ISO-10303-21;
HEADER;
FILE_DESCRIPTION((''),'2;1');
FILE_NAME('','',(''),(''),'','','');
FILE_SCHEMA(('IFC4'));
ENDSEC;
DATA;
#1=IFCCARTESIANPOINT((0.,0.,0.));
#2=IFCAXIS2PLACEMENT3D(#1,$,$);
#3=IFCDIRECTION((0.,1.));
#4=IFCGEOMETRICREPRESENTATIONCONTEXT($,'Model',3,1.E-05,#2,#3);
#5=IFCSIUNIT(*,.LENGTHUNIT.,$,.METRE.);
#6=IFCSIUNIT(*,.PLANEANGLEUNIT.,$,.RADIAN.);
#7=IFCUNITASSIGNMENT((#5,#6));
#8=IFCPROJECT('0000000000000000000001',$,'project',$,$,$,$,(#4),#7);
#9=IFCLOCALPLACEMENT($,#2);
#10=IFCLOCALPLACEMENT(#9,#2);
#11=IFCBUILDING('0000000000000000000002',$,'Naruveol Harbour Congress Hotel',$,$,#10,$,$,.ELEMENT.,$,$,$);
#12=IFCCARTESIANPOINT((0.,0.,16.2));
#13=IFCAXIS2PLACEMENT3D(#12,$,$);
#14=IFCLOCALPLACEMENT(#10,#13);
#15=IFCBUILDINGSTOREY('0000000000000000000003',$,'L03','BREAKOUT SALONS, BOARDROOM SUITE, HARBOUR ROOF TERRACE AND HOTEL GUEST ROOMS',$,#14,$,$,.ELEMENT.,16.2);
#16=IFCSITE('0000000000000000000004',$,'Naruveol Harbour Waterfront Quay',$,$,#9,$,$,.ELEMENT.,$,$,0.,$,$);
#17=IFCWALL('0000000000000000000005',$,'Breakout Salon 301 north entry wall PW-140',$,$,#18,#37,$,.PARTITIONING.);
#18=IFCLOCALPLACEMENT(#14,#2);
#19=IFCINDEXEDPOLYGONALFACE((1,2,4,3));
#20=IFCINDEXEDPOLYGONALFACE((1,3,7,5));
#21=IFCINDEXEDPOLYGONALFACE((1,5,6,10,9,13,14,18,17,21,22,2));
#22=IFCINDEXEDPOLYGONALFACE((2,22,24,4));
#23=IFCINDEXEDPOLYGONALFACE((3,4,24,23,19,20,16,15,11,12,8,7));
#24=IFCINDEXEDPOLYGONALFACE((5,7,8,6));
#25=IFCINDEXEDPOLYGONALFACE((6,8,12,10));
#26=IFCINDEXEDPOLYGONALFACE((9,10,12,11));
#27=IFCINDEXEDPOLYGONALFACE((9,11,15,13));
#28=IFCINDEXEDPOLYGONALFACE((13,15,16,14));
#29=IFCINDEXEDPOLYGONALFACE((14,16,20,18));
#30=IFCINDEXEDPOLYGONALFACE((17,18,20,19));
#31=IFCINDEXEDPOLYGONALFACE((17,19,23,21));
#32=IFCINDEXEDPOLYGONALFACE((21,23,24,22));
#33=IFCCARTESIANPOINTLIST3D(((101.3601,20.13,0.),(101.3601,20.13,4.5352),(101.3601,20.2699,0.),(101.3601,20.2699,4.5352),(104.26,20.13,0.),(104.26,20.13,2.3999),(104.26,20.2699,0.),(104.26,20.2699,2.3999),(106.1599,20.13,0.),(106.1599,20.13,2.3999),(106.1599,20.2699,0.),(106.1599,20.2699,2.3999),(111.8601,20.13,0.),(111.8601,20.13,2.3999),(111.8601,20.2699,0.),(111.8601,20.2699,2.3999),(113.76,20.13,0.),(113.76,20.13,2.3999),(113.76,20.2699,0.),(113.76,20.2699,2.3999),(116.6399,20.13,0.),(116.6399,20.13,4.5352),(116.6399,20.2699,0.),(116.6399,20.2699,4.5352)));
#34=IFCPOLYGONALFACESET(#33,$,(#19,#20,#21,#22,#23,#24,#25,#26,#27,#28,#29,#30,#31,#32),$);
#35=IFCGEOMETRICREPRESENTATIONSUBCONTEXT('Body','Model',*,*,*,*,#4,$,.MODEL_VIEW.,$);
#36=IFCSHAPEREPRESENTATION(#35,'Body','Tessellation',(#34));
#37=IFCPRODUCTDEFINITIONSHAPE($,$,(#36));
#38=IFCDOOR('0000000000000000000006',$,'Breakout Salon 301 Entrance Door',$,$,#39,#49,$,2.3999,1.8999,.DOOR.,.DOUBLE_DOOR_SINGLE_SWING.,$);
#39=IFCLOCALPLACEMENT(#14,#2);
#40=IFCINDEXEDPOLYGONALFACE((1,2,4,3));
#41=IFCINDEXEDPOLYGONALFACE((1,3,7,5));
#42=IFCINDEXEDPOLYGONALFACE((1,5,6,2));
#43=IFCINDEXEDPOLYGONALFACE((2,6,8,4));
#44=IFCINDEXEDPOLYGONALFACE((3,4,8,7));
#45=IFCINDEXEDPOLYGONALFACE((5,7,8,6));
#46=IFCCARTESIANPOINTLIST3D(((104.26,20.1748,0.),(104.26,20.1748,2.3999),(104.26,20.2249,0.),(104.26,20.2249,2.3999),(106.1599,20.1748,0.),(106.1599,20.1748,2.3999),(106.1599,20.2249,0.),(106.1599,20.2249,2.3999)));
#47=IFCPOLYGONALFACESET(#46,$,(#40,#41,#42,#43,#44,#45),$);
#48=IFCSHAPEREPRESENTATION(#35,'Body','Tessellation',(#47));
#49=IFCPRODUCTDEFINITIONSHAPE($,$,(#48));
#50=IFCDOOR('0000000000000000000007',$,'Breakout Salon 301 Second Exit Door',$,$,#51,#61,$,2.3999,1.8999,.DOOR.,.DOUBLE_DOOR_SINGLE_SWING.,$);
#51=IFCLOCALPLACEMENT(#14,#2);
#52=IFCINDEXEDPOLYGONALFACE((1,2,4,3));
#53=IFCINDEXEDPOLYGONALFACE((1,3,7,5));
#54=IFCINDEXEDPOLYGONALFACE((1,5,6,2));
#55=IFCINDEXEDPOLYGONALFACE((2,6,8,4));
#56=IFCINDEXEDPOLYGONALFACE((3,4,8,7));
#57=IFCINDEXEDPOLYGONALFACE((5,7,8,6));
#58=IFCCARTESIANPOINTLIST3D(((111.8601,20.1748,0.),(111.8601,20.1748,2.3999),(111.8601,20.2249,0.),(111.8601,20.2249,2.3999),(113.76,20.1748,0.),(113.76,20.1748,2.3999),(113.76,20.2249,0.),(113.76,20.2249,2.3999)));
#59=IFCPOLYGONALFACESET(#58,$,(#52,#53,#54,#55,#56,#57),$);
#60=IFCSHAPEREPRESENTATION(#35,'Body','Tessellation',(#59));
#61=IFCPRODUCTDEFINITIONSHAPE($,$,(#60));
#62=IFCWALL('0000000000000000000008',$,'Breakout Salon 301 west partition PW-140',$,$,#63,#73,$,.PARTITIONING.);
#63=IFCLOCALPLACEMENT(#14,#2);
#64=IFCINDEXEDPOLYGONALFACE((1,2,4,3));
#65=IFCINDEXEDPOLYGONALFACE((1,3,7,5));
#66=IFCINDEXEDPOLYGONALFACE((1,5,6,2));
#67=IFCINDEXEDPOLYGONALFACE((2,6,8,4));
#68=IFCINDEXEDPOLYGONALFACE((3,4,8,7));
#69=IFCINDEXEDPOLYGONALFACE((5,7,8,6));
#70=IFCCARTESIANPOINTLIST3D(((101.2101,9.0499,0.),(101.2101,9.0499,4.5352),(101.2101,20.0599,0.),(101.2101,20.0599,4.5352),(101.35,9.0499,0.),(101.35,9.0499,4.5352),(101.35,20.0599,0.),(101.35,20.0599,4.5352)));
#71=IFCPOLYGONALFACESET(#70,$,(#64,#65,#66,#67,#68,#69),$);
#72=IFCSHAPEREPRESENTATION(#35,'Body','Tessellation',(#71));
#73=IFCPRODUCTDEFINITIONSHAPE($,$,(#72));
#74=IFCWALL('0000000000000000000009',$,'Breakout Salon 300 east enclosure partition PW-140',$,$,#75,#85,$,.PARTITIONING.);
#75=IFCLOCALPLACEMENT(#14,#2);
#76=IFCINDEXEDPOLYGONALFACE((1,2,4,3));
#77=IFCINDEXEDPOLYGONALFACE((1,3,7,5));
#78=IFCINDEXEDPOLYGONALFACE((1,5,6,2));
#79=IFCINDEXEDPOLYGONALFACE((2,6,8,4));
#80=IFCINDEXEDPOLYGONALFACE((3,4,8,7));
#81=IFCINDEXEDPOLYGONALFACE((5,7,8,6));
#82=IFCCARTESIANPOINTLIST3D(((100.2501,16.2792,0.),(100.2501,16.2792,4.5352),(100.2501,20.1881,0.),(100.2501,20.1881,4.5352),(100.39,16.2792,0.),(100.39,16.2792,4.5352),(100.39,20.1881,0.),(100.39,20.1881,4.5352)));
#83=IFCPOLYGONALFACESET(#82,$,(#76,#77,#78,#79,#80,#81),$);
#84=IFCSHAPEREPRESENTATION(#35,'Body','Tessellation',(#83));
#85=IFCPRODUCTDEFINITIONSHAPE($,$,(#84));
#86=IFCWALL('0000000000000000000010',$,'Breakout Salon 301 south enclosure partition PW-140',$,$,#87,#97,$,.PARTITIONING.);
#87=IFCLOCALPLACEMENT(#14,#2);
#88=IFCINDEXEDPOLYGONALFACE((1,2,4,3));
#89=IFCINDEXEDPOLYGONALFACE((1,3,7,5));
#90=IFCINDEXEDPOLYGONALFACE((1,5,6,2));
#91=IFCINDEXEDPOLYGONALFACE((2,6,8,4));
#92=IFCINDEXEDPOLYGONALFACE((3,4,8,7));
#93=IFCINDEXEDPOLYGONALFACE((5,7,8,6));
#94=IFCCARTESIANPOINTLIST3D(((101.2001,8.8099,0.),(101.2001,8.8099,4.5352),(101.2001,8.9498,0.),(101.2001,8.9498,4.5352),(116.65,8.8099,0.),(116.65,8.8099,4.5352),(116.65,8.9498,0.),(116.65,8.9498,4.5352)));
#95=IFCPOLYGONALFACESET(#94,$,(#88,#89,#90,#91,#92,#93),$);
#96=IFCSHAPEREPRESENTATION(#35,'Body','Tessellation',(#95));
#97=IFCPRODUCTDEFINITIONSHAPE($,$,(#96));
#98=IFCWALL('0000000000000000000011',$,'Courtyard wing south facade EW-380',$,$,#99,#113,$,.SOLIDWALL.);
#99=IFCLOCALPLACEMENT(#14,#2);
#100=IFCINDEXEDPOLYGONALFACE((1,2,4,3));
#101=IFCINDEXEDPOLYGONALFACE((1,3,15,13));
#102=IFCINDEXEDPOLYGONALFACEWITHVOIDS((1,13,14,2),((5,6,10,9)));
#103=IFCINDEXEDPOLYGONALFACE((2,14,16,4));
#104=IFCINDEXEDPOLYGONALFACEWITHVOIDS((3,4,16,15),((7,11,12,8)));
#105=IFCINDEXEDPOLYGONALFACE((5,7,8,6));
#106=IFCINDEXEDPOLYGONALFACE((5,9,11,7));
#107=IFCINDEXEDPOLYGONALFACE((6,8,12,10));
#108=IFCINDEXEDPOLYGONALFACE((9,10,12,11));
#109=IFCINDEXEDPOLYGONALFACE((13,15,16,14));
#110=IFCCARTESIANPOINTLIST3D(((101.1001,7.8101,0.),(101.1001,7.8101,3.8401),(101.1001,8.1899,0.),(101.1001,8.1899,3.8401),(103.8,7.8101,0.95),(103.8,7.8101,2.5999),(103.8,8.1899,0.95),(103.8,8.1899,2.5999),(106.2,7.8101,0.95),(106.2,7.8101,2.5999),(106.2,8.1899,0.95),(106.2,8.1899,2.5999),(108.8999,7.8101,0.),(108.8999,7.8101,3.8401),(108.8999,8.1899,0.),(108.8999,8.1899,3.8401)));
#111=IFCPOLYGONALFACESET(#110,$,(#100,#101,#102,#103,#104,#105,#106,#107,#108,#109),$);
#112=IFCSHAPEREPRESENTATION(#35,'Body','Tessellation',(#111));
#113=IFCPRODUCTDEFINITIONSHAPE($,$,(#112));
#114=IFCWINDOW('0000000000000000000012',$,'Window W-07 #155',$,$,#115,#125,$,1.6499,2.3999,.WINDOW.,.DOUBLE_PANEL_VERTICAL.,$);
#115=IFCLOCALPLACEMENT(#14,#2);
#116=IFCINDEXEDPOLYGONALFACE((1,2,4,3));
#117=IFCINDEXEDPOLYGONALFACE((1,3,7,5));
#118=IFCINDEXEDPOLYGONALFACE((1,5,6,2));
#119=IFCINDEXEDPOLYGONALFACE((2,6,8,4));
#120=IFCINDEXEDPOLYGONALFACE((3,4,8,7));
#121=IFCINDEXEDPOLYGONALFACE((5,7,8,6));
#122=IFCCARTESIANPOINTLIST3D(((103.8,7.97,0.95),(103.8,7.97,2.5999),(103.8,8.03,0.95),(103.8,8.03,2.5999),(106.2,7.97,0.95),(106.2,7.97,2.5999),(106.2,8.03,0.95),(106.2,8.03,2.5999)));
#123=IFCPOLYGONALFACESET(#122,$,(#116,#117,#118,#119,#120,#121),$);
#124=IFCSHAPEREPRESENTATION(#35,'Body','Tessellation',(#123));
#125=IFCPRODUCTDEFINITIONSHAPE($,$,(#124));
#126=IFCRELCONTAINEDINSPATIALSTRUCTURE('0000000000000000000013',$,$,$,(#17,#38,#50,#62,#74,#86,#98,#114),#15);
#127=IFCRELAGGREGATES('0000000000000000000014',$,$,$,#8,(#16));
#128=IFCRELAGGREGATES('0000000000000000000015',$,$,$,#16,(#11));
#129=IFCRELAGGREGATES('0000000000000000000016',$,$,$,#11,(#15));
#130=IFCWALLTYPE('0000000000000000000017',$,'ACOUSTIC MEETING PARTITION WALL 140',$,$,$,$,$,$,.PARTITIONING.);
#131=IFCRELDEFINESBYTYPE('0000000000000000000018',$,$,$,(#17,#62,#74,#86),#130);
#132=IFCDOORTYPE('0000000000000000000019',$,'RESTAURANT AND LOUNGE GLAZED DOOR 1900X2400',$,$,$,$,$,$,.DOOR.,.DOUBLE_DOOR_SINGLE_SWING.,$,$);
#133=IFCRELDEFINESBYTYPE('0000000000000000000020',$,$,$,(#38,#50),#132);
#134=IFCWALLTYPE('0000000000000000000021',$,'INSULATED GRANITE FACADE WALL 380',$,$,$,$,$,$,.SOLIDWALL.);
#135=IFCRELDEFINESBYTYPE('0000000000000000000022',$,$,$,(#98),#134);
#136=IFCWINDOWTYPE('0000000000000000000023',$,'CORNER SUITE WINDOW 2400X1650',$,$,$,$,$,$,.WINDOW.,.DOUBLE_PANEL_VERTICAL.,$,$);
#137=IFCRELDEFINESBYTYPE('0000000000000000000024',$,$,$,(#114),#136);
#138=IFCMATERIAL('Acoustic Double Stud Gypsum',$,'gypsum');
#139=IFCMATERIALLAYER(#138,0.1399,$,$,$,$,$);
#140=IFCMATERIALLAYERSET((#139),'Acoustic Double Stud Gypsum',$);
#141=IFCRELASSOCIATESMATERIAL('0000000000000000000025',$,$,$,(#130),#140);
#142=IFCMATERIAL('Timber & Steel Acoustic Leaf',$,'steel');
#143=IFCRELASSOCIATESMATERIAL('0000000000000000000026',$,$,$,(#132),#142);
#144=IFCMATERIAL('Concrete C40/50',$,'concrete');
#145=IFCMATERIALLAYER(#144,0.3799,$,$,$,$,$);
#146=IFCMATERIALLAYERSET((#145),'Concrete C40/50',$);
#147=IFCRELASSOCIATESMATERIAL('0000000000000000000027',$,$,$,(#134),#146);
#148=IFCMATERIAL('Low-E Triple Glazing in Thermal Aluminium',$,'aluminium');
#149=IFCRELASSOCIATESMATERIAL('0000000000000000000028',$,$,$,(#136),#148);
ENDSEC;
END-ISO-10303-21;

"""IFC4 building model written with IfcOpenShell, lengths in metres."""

from ifc_helpers import new_model, si_unit, direction, frame, frame_2d, origin, place, context, subcontext, project, spatial, rectangle, extrude, material, layer, layer_set, type_object, element, fill, save


model = new_model("IFC4")

# Units and contexts
model_context = context("Model", 3, precision=1e-05, world=origin(), true_north=direction((0.0, 1.0)))
body_context = subcontext(model_context, "Body", "Model", "MODEL_VIEW")
ifc_project = project(units=[si_unit("LENGTHUNIT", "METRE"), si_unit("PLANEANGLEUNIT", "RADIAN")], contexts=[model_context])

# Site, building, storey
site_placement = place(None, origin())
site = spatial("IfcSite", under=ifc_project, at=site_placement, Name="Naruveol Harbour Waterfront Quay", CompositionType="ELEMENT", RefElevation=0.0)
building_placement = place(site_placement, origin())
building = spatial("IfcBuilding", under=site, at=building_placement, Name="Naruveol Harbour Congress Hotel", CompositionType="ELEMENT")
storey_placement = place(building_placement, frame((0.0, 0.0, 16.2)))
storey = spatial("IfcBuildingStorey", under=building, at=storey_placement, Name="L03", Description="BREAKOUT SALONS, BOARDROOM SUITE, HARBOUR ROOF TERRACE AND HOTEL GUEST ROOMS", CompositionType="ELEMENT", Elevation=16.2)

# Wall, openings, doors
ifc_material_1 = material(Name="Acoustic Double Stud Gypsum", Category="gypsum")
ifc_layer_1 = layer(ifc_material_1, 0.1399)
ifc_layer_set_1 = layer_set([ifc_layer_1], Name="Acoustic Double Stud Gypsum")
wall_type_1 = type_object("IfcWallType", Name="ACOUSTIC MEETING PARTITION WALL 140", PredefinedType="PARTITIONING", material=ifc_layer_set_1)
wall_1_placement = place(storey_placement, frame((101.3601, 20.2, 0.0), z_axis=(0.0, 0.0, 1.0), x_axis=(1.0, 0.0, 0.0)))
wall_1 = element("IfcWall", 1, at=wall_1_placement, inside=storey, type_object=wall_type_1, Name="Breakout Salon 301 north entry wall PW-140", PredefinedType="PARTITIONING", context=body_context, shape_type="SweptSolid", body=[
    extrude(rectangle(XDim=15.2798, YDim=0.1399, at=frame_2d((7.6399, 0.0))), origin(), (0.0, 0.0, 1.0), 4.5352),
])
opening_1_placement = place(wall_1_placement, frame((2.8999, 0.0, 0.0)))
opening_1 = element("IfcOpeningElement", 2, at=opening_1_placement, cuts=wall_1, PredefinedType="OPENING", context=body_context, shape_type="SweptSolid", body=[
    extrude(rectangle(XDim=1.8999, YDim=2.3999, at=frame_2d((0.95, 1.2))), frame((0.0, 0.0798, 0.0), z_axis=(0.0, -1.0, 0.0), x_axis=(1.0, 0.0, 0.0)), (0.0, 0.0, 1.0), 0.1599),
])
opening_2_placement = place(wall_1_placement, frame((10.5, 0.0, 0.0)))
opening_2 = element("IfcOpeningElement", 3, at=opening_2_placement, cuts=wall_1, PredefinedType="OPENING", context=body_context, shape_type="SweptSolid", body=[
    extrude(rectangle(XDim=1.8999, YDim=2.3999, at=frame_2d((0.95, 1.2))), frame((0.0, 0.0798, 0.0), z_axis=(0.0, -1.0, 0.0), x_axis=(1.0, 0.0, 0.0)), (0.0, 0.0, 1.0), 0.1599),
])
ifc_material_2 = material(Name="Timber & Steel Acoustic Leaf", Category="steel")
door_type = type_object("IfcDoorType", Name="RESTAURANT AND LOUNGE GLAZED DOOR 1900X2400", OperationType="DOUBLE_DOOR_SINGLE_SWING", PredefinedType="DOOR", material=ifc_material_2)
door_1_placement = place(opening_1_placement, origin())
door_1 = element("IfcDoor", 4, at=door_1_placement, inside=storey, type_object=door_type, Name="Breakout Salon 301 Entrance Door", OperationType="DOUBLE_DOOR_SINGLE_SWING", OverallHeight=2.3999, OverallWidth=1.8999, PredefinedType="DOOR", context=body_context, shape_type="SweptSolid", body=[
    extrude(rectangle(XDim=1.8999, YDim=2.3999, at=frame_2d((0.95, 1.2))), frame((0.0, 0.0249, 0.0), z_axis=(0.0, -1.0, 0.0), x_axis=(1.0, 0.0, 0.0)), (0.0, 0.0, 1.0), 0.05),
])
fill(opening_1, door_1)
door_2_placement = place(opening_2_placement, origin())
door_2 = element("IfcDoor", 5, at=door_2_placement, inside=storey, type_object=door_type, Name="Breakout Salon 301 Second Exit Door", OperationType="DOUBLE_DOOR_SINGLE_SWING", OverallHeight=2.3999, OverallWidth=1.8999, PredefinedType="DOOR", context=body_context, shape_type="SweptSolid", body=[
    extrude(rectangle(XDim=1.8999, YDim=2.3999, at=frame_2d((0.95, 1.2))), frame((0.0, 0.0249, 0.0), z_axis=(0.0, -1.0, 0.0), x_axis=(1.0, 0.0, 0.0)), (0.0, 0.0, 1.0), 0.05),
])
fill(opening_2, door_2)

# Walls
wall_2_placement = place(storey_placement, frame((101.28, 9.05, 0.0), z_axis=(0.0, 0.0, 1.0), x_axis=(0.0, 1.0, 0.0)))
element("IfcWall", 6, at=wall_2_placement, inside=storey, type_object=wall_type_1, Name="Breakout Salon 301 west partition PW-140", PredefinedType="PARTITIONING", context=body_context, shape_type="SweptSolid", body=[
    extrude(rectangle(XDim=11.01, YDim=0.1399, at=frame_2d((5.5049, 0.0))), origin(), (0.0, 0.0, 1.0), 4.5352),
])
wall_3_placement = place(storey_placement, frame((100.3201, 16.2791, 0.0), z_axis=(0.0, 0.0, 1.0), x_axis=(0.0, 1.0, 0.0)))
element("IfcWall", 7, at=wall_3_placement, inside=storey, type_object=wall_type_1, Name="Breakout Salon 300 east enclosure partition PW-140", PredefinedType="PARTITIONING", context=body_context, shape_type="SweptSolid", body=[
    extrude(rectangle(XDim=3.9089, YDim=0.1399, at=frame_2d((1.9546, 0.0))), origin(), (0.0, 0.0, 1.0), 4.5352),
])
wall_4_placement = place(storey_placement, frame((101.2, 8.8799, 0.0), z_axis=(0.0, 0.0, 1.0), x_axis=(1.0, 0.0, 0.0)))
element("IfcWall", 8, at=wall_4_placement, inside=storey, type_object=wall_type_1, Name="Breakout Salon 301 south enclosure partition PW-140", PredefinedType="PARTITIONING", context=body_context, shape_type="SweptSolid", body=[
    extrude(rectangle(XDim=15.45, YDim=0.1399, at=frame_2d((7.7251, 0.0))), origin(), (0.0, 0.0, 1.0), 4.5352),
])

# Wall, opening, window
ifc_material_3 = material(Name="Concrete C40/50", Category="concrete")
ifc_layer_2 = layer(ifc_material_3, 0.3799)
ifc_layer_set_2 = layer_set([ifc_layer_2], Name="Concrete C40/50")
wall_type_2 = type_object("IfcWallType", Name="INSULATED GRANITE FACADE WALL 380", PredefinedType="SOLIDWALL", material=ifc_layer_set_2)
wall_5_placement = place(storey_placement, frame((108.8999, 8.0, 0.0), z_axis=(0.0, 0.0, 1.0), x_axis=(-1.0, 0.0, 0.0)))
wall_5 = element("IfcWall", 9, at=wall_5_placement, inside=storey, type_object=wall_type_2, Name="Courtyard wing south facade EW-380", PredefinedType="SOLIDWALL", context=body_context, shape_type="SweptSolid", body=[
    extrude(rectangle(XDim=7.7998, YDim=0.3799, at=frame_2d((3.8999, 0.0))), origin(), (0.0, 0.0, 1.0), 3.8401),
])
opening_3_placement = place(wall_5_placement, frame((2.7, 0.0, 0.95)))
opening_3 = element("IfcOpeningElement", 10, at=opening_3_placement, cuts=wall_5, PredefinedType="OPENING", context=body_context, shape_type="SweptSolid", body=[
    extrude(rectangle(XDim=2.3999, YDim=1.6499, at=frame_2d((1.2, 0.825))), frame((0.0, 0.2, 0.0), z_axis=(0.0, -1.0, 0.0), x_axis=(1.0, 0.0, 0.0)), (0.0, 0.0, 1.0), 0.3999),
])
ifc_material_4 = material(Name="Low-E Triple Glazing in Thermal Aluminium", Category="aluminium")
window_type = type_object("IfcWindowType", Name="CORNER SUITE WINDOW 2400X1650", PartitioningType="DOUBLE_PANEL_VERTICAL", PredefinedType="WINDOW", material=ifc_material_4)
window_placement = place(opening_3_placement, origin())
window = element("IfcWindow", 11, at=window_placement, inside=storey, type_object=window_type, Name="Window W-07 #155", OverallHeight=1.6499, OverallWidth=2.3999, PartitioningType="DOUBLE_PANEL_VERTICAL", PredefinedType="WINDOW", context=body_context, shape_type="SweptSolid", body=[
    extrude(rectangle(XDim=2.3999, YDim=1.6499, at=frame_2d((1.2, 0.825))), frame((0.0, 0.03, 0.0), z_axis=(0.0, -1.0, 0.0), x_axis=(1.0, 0.0, 0.0)), (0.0, 0.0, 1.0), 0.0601),
])
fill(opening_3, window)

save(model, "model.ifc")
